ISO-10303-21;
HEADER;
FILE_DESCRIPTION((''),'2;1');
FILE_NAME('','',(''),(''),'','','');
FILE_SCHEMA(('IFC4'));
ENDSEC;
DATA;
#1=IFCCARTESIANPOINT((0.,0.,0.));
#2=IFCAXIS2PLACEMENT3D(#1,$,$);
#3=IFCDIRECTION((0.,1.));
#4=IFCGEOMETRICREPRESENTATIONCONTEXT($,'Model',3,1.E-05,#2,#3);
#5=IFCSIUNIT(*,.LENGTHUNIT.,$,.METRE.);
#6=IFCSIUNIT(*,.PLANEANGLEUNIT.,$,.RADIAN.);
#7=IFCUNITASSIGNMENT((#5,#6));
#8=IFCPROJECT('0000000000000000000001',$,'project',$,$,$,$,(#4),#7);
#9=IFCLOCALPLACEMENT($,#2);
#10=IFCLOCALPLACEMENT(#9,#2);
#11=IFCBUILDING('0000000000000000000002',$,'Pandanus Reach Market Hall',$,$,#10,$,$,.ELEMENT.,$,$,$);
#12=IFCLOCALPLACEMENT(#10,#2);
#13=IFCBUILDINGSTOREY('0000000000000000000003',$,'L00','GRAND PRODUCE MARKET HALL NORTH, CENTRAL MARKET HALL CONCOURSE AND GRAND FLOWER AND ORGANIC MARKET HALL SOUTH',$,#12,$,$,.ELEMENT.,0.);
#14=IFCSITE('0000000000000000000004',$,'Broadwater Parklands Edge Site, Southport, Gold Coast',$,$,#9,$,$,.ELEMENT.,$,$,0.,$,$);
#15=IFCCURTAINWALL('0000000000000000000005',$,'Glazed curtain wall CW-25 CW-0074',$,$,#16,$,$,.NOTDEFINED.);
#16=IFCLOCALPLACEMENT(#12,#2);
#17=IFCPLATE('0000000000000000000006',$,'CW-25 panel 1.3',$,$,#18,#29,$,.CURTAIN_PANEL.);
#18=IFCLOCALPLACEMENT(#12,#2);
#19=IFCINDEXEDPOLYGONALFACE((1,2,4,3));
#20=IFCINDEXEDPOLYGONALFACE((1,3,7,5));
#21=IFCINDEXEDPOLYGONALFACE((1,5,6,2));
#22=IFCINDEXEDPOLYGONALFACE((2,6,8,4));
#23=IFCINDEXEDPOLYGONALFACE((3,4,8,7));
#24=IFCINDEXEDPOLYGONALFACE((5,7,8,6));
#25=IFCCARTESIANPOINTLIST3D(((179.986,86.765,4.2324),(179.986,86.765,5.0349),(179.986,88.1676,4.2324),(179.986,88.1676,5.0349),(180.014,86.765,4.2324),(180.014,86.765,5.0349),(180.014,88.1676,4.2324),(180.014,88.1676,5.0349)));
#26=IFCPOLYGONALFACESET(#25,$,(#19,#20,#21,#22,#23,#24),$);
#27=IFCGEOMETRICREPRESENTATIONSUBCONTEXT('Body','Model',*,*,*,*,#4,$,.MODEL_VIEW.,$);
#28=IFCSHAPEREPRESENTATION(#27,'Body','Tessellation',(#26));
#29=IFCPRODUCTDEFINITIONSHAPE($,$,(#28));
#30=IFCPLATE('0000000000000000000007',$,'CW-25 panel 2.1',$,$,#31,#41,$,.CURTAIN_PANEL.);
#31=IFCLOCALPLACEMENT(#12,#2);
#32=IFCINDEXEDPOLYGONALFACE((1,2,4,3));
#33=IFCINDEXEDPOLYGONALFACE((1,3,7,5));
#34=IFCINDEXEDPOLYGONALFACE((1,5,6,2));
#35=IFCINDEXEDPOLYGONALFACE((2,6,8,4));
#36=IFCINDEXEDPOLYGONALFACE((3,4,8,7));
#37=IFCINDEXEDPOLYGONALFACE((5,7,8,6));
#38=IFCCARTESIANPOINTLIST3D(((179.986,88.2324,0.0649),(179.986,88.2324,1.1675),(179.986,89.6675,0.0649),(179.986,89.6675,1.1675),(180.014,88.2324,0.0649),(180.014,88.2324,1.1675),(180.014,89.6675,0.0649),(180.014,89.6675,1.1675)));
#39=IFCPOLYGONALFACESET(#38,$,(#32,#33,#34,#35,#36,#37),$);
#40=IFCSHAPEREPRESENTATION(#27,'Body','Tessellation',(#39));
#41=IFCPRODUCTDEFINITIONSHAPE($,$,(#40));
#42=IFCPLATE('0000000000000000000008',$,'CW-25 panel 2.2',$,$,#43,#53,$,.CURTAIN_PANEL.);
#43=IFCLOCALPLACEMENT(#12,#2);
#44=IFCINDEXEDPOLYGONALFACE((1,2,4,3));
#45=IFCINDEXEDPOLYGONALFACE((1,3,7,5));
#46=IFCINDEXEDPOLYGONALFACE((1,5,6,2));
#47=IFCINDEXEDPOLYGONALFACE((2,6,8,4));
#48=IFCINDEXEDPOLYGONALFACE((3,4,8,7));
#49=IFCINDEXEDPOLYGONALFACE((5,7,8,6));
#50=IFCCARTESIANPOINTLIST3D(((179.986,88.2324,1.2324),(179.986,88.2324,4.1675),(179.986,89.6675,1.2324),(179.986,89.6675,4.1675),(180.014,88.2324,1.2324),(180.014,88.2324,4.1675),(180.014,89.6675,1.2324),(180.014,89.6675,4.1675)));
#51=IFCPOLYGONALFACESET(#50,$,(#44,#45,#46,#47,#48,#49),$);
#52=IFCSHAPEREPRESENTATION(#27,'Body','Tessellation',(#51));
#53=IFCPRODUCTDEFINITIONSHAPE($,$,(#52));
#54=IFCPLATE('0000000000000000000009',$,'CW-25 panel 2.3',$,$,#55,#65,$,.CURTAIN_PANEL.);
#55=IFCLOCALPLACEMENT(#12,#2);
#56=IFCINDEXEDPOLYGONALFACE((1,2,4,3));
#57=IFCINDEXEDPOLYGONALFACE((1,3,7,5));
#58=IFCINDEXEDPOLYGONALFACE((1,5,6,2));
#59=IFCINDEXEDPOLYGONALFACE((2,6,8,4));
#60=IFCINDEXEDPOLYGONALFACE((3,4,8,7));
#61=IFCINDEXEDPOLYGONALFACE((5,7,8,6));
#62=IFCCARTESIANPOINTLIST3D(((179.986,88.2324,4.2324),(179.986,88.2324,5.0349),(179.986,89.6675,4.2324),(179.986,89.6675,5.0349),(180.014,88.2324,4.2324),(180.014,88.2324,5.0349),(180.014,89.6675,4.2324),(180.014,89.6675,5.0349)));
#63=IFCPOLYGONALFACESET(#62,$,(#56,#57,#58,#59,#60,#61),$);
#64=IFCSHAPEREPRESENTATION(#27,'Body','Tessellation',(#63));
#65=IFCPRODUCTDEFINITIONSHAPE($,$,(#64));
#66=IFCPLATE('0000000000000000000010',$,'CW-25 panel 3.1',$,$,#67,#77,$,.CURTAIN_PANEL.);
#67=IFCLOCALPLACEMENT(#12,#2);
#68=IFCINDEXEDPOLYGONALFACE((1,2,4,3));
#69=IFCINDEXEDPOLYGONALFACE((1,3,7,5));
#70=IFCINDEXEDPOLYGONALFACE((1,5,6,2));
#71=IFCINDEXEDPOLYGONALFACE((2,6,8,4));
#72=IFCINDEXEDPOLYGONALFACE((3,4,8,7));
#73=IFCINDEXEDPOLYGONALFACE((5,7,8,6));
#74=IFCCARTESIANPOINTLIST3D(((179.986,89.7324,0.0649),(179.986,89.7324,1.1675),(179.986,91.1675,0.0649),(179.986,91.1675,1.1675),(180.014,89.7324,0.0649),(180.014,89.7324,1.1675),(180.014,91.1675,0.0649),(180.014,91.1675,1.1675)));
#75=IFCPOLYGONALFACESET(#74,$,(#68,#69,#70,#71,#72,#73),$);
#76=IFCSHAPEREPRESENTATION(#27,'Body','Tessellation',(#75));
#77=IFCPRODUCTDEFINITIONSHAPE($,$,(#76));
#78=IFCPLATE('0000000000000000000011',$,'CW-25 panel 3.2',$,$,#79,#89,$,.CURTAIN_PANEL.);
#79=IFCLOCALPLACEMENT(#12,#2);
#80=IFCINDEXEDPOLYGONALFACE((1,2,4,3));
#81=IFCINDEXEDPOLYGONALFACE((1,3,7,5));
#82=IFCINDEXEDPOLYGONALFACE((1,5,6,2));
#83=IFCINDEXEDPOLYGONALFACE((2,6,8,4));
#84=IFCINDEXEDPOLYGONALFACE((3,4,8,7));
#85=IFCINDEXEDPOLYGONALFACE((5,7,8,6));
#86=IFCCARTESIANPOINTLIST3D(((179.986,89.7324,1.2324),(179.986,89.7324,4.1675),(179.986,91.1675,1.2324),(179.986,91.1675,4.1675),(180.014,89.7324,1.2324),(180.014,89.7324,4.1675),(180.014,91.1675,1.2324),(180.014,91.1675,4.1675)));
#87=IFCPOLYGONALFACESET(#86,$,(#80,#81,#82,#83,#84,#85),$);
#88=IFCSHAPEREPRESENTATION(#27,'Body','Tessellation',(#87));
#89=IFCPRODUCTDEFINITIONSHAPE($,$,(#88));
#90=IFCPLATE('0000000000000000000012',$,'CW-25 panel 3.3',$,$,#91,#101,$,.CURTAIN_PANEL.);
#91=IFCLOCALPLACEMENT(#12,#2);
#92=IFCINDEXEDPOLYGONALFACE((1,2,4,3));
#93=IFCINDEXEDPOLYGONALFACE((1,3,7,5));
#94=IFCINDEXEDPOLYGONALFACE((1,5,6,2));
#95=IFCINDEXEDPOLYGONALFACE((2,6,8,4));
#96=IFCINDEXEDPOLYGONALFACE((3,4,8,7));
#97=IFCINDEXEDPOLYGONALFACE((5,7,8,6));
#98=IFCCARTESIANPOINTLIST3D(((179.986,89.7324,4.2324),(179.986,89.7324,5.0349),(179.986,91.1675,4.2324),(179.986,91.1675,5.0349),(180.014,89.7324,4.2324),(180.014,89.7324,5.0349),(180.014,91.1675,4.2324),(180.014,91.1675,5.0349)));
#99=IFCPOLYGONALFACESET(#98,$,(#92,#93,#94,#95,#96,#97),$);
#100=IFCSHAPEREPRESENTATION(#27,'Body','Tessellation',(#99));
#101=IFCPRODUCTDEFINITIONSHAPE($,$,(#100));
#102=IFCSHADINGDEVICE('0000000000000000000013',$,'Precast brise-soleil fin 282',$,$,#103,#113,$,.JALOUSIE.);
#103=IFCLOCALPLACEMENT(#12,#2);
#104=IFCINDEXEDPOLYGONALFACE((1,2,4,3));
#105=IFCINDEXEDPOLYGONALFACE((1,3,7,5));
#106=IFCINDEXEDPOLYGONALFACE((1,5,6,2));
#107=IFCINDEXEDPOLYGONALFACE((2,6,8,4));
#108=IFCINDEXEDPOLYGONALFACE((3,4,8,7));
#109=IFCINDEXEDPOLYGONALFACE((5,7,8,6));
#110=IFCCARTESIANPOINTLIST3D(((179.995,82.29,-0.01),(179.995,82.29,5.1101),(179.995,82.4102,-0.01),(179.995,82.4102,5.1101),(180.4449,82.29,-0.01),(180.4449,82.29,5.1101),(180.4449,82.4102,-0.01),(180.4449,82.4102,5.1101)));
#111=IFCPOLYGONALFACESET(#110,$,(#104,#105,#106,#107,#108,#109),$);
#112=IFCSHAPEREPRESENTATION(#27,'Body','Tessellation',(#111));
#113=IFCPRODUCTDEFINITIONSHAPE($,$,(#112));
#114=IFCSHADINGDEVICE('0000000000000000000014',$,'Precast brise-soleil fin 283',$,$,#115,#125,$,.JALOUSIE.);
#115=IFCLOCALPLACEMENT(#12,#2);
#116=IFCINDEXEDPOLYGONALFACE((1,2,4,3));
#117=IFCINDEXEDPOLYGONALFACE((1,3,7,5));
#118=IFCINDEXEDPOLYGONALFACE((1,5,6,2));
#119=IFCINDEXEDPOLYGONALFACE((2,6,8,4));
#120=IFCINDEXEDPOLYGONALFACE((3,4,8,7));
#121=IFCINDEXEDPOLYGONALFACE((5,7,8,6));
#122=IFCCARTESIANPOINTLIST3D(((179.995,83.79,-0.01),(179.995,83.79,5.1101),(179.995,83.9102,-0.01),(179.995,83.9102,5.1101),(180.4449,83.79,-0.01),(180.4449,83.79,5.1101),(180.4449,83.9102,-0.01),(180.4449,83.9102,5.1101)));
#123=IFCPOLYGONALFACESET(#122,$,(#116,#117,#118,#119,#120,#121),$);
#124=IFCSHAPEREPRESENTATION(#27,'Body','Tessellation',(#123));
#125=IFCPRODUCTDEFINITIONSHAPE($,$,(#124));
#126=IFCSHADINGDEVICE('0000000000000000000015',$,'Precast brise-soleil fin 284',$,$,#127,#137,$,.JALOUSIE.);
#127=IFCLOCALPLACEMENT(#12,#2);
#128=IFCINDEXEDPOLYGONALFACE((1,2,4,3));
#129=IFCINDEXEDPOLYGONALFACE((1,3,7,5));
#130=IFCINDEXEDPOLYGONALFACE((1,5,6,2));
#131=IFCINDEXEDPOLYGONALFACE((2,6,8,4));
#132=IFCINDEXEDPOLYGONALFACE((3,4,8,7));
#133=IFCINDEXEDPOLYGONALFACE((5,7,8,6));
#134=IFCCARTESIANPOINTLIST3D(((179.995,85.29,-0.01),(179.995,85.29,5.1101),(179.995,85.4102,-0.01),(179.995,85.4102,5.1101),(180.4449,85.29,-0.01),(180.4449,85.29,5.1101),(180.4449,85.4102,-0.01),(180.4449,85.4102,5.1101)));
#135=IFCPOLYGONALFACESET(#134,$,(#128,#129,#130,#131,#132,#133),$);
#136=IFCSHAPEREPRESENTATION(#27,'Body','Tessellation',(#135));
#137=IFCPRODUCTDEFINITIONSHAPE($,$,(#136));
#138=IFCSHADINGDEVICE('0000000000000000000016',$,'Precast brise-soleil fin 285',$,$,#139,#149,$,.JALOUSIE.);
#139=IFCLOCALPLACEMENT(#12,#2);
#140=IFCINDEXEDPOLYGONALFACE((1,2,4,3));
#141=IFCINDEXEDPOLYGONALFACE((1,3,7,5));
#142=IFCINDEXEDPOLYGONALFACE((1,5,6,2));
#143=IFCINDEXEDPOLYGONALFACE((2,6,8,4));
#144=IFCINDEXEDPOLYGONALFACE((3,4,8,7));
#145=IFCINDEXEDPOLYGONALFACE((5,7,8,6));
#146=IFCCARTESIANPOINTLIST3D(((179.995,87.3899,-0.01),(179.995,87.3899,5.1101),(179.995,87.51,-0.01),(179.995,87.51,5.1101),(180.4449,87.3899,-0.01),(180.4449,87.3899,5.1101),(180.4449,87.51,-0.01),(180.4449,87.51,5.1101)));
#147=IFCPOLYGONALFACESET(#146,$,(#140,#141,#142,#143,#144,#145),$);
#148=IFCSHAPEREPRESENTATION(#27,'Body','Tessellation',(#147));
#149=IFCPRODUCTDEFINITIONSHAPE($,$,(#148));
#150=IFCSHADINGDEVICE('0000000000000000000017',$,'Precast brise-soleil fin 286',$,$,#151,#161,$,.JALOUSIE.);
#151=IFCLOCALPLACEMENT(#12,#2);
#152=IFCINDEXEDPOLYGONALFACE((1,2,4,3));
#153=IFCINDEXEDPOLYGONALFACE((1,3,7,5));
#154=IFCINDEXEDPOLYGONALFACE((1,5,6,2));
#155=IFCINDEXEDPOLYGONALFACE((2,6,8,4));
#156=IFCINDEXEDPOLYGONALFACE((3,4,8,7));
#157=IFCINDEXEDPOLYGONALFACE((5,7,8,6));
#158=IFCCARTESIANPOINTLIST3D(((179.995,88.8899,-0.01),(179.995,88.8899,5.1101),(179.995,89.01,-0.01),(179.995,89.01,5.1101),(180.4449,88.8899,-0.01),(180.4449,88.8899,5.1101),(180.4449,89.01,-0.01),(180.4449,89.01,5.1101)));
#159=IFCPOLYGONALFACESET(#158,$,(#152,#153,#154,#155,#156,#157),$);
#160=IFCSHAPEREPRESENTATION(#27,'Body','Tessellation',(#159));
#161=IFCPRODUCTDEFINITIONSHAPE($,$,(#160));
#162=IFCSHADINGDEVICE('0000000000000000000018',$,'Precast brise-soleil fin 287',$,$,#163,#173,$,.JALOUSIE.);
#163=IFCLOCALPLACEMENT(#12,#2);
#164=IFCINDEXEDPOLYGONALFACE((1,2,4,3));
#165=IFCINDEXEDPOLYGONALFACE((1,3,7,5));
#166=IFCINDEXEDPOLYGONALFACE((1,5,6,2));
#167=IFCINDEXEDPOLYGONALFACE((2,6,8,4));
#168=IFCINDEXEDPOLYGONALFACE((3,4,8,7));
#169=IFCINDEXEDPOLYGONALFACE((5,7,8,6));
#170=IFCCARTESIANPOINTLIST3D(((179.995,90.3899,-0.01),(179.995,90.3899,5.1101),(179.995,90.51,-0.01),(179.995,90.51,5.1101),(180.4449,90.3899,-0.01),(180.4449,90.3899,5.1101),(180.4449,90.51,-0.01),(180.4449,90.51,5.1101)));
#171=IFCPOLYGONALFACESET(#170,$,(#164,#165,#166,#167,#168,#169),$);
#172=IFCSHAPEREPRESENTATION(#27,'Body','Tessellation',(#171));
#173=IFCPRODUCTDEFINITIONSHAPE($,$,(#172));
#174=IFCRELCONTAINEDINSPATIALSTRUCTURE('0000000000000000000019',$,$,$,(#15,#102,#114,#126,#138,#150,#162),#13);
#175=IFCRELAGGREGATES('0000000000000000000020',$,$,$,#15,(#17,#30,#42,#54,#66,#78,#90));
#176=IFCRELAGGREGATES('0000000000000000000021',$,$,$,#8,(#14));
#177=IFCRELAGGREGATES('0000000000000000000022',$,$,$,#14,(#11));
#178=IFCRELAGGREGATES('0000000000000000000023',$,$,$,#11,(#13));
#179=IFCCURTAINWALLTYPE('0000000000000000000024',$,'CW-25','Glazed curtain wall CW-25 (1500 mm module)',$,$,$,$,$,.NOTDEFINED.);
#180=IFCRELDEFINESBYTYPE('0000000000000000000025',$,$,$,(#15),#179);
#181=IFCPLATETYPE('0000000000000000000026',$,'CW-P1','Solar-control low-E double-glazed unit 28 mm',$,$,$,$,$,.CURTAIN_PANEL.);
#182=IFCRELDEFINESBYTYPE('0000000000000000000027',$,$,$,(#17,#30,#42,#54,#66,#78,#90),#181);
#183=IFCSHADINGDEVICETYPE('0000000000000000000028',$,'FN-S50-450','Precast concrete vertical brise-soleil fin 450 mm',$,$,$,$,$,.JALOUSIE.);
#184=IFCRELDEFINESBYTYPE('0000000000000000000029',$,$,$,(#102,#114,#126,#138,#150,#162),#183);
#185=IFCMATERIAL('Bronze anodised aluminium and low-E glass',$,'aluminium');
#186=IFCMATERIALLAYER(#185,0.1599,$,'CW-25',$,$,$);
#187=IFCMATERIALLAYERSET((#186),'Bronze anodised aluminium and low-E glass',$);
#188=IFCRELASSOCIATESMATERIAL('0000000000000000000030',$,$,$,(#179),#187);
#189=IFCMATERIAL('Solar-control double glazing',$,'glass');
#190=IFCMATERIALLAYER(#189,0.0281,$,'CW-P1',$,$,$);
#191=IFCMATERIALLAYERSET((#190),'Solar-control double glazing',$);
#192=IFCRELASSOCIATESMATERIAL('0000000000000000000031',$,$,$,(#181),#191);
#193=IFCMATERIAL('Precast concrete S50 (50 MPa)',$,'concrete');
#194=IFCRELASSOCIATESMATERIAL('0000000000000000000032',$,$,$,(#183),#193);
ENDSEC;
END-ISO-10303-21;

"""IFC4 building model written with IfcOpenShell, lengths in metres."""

from ifc_helpers import new_model, si_unit, direction, frame, origin, origin_2d, place, context, subcontext, project, spatial, rectangle, extrude, material, layer, layer_set, type_object, element, aggregate, save


model = new_model("IFC4")

# Units and contexts
model_context = context("Model", 3, precision=1e-05, world=origin(), true_north=direction((0.0, 1.0)))
body_context = subcontext(model_context, "Body", "Model", "MODEL_VIEW")
ifc_project = project(units=[si_unit("LENGTHUNIT", "METRE"), si_unit("PLANEANGLEUNIT", "RADIAN")], contexts=[model_context])

# Site, building, storey
site_placement = place(None, origin())
site = spatial("IfcSite", under=ifc_project, at=site_placement, Name="Broadwater Parklands Edge Site, Southport, Gold Coast", CompositionType="ELEMENT", RefElevation=0.0)
building_placement = place(site_placement, origin())
building = spatial("IfcBuilding", under=site, at=building_placement, Name="Pandanus Reach Market Hall", CompositionType="ELEMENT")
storey_placement = place(building_placement, origin())
storey = spatial("IfcBuildingStorey", under=building, at=storey_placement, Name="L00", Description="GRAND PRODUCE MARKET HALL NORTH, CENTRAL MARKET HALL CONCOURSE AND GRAND FLOWER AND ORGANIC MARKET HALL SOUTH", CompositionType="ELEMENT", Elevation=0.0)

# Shared definitions
ifc_material_1 = material(Name="Bronze anodised aluminium and low-E glass", Category="aluminium")
ifc_layer_1 = layer(ifc_material_1, 0.1599, Name="CW-25")
ifc_layer_set_1 = layer_set([ifc_layer_1], Name="Bronze anodised aluminium and low-E glass")
curtain_wall_type = type_object("IfcCurtainWallType", Name="CW-25", Description="Glazed curtain wall CW-25 (1500 mm module)", PredefinedType="NOTDEFINED", material=ifc_layer_set_1)

# Curtain wall, plates
curtain_wall_1_placement = place(storey_placement, origin())
curtain_wall_1 = element("IfcCurtainWall", 1, at=curtain_wall_1_placement, inside=storey, type_object=curtain_wall_type, Name="Glazed curtain wall CW-25 CW-0074", PredefinedType="NOTDEFINED")
ifc_material_2 = material(Name="Solar-control double glazing", Category="glass")
ifc_layer_2 = layer(ifc_material_2, 0.0281, Name="CW-P1")
ifc_layer_set_2 = layer_set([ifc_layer_2], Name="Solar-control double glazing")
plate_type = type_object("IfcPlateType", Name="CW-P1", Description="Solar-control low-E double-glazed unit 28 mm", PredefinedType="CURTAIN_PANEL", material=ifc_layer_set_2)
plate_1_placement = place(storey_placement, frame((180.0, 87.4663, 4.2324), z_axis=(0.0, 0.0, 1.0), x_axis=(0.0, 1.0, 0.0)))
plate_1 = element("IfcPlate", 2, at=plate_1_placement, type_object=plate_type, Name="CW-25 panel 1.3", PredefinedType="CURTAIN_PANEL", context=body_context, shape_type="SweptSolid", body=[
    extrude(rectangle(XDim=1.4026, YDim=0.0281, at=origin_2d()), origin(), (0.0, 0.0, 1.0), 0.8025),
])
plate_2_placement = place(storey_placement, frame((180.0, 88.95, 0.0649), z_axis=(0.0, 0.0, 1.0), x_axis=(0.0, 1.0, 0.0)))
plate_2 = element("IfcPlate", 3, at=plate_2_placement, type_object=plate_type, Name="CW-25 panel 2.1", PredefinedType="CURTAIN_PANEL", context=body_context, shape_type="SweptSolid", body=[
    extrude(rectangle(XDim=1.4351, YDim=0.0281, at=origin_2d()), origin(), (0.0, 0.0, 1.0), 1.1025),
])
plate_3_placement = place(storey_placement, frame((180.0, 88.95, 1.2324), z_axis=(0.0, 0.0, 1.0), x_axis=(0.0, 1.0, 0.0)))
plate_3 = element("IfcPlate", 4, at=plate_3_placement, type_object=plate_type, Name="CW-25 panel 2.2", PredefinedType="CURTAIN_PANEL", context=body_context, shape_type="SweptSolid", body=[
    extrude(rectangle(XDim=1.4351, YDim=0.0281, at=origin_2d()), origin(), (0.0, 0.0, 1.0), 2.9351),
])
plate_4_placement = place(storey_placement, frame((180.0, 88.95, 4.2324), z_axis=(0.0, 0.0, 1.0), x_axis=(0.0, 1.0, 0.0)))
plate_4 = element("IfcPlate", 5, at=plate_4_placement, type_object=plate_type, Name="CW-25 panel 2.3", PredefinedType="CURTAIN_PANEL", context=body_context, shape_type="SweptSolid", body=[
    extrude(rectangle(XDim=1.4351, YDim=0.0281, at=origin_2d()), origin(), (0.0, 0.0, 1.0), 0.8025),
])
plate_5_placement = place(storey_placement, frame((180.0, 90.45, 0.0649), z_axis=(0.0, 0.0, 1.0), x_axis=(0.0, 1.0, 0.0)))
plate_5 = element("IfcPlate", 6, at=plate_5_placement, type_object=plate_type, Name="CW-25 panel 3.1", PredefinedType="CURTAIN_PANEL", context=body_context, shape_type="SweptSolid", body=[
    extrude(rectangle(XDim=1.4351, YDim=0.0281, at=origin_2d()), origin(), (0.0, 0.0, 1.0), 1.1025),
])
plate_6_placement = place(storey_placement, frame((180.0, 90.45, 1.2324), z_axis=(0.0, 0.0, 1.0), x_axis=(0.0, 1.0, 0.0)))
plate_6 = element("IfcPlate", 7, at=plate_6_placement, type_object=plate_type, Name="CW-25 panel 3.2", PredefinedType="CURTAIN_PANEL", context=body_context, shape_type="SweptSolid", body=[
    extrude(rectangle(XDim=1.4351, YDim=0.0281, at=origin_2d()), origin(), (0.0, 0.0, 1.0), 2.9351),
])
plate_7_placement = place(storey_placement, frame((180.0, 90.45, 4.2324), z_axis=(0.0, 0.0, 1.0), x_axis=(0.0, 1.0, 0.0)))
plate_7 = element("IfcPlate", 8, at=plate_7_placement, type_object=plate_type, Name="CW-25 panel 3.3", PredefinedType="CURTAIN_PANEL", context=body_context, shape_type="SweptSolid", body=[
    extrude(rectangle(XDim=1.4351, YDim=0.0281, at=origin_2d()), origin(), (0.0, 0.0, 1.0), 0.8025),
])
aggregate(curtain_wall_1, [plate_1, plate_2, plate_3, plate_4, plate_5, plate_6, plate_7])

# Shading devices
ifc_material_3 = material(Name="Precast concrete S50 (50 MPa)", Category="concrete")
shading_device_type = type_object("IfcShadingDeviceType", Name="FN-S50-450", Description="Precast concrete vertical brise-soleil fin 450 mm", PredefinedType="JALOUSIE", material=ifc_material_3)
for number, where, z_axis, x_axis, name in (
    (9, (180.22, 82.3501, -0.01), (0.0, 0.0, 1.0), (1.0, 0.0, 0.0), "Precast brise-soleil fin 282"),
    (10, (180.22, 83.8501, -0.01), (0.0, 0.0, 1.0), (1.0, 0.0, 0.0), "Precast brise-soleil fin 283"),
    (11, (180.22, 85.3501, -0.01), (0.0, 0.0, 1.0), (1.0, 0.0, 0.0), "Precast brise-soleil fin 284"),
    (12, (180.22, 87.45, -0.01), (0.0, 0.0, 1.0), (1.0, 0.0, 0.0), "Precast brise-soleil fin 285"),
    (13, (180.22, 88.95, -0.01), (0.0, 0.0, 1.0), (1.0, 0.0, 0.0), "Precast brise-soleil fin 286"),
    (14, (180.22, 90.45, -0.01), (0.0, 0.0, 1.0), (1.0, 0.0, 0.0), "Precast brise-soleil fin 287"),
):
    element("IfcShadingDevice", number, at=place(storey_placement, frame(where, z_axis=z_axis, x_axis=x_axis)), inside=storey, type_object=shading_device_type, Name=name, PredefinedType="JALOUSIE", context=body_context, shape_type="SweptSolid", body=[
        extrude(rectangle(XDim=0.45, YDim=0.1201, at=origin_2d()), origin(), (0.0, 0.0, 1.0), 5.1201),
    ])

save(model, "model.ifc")
